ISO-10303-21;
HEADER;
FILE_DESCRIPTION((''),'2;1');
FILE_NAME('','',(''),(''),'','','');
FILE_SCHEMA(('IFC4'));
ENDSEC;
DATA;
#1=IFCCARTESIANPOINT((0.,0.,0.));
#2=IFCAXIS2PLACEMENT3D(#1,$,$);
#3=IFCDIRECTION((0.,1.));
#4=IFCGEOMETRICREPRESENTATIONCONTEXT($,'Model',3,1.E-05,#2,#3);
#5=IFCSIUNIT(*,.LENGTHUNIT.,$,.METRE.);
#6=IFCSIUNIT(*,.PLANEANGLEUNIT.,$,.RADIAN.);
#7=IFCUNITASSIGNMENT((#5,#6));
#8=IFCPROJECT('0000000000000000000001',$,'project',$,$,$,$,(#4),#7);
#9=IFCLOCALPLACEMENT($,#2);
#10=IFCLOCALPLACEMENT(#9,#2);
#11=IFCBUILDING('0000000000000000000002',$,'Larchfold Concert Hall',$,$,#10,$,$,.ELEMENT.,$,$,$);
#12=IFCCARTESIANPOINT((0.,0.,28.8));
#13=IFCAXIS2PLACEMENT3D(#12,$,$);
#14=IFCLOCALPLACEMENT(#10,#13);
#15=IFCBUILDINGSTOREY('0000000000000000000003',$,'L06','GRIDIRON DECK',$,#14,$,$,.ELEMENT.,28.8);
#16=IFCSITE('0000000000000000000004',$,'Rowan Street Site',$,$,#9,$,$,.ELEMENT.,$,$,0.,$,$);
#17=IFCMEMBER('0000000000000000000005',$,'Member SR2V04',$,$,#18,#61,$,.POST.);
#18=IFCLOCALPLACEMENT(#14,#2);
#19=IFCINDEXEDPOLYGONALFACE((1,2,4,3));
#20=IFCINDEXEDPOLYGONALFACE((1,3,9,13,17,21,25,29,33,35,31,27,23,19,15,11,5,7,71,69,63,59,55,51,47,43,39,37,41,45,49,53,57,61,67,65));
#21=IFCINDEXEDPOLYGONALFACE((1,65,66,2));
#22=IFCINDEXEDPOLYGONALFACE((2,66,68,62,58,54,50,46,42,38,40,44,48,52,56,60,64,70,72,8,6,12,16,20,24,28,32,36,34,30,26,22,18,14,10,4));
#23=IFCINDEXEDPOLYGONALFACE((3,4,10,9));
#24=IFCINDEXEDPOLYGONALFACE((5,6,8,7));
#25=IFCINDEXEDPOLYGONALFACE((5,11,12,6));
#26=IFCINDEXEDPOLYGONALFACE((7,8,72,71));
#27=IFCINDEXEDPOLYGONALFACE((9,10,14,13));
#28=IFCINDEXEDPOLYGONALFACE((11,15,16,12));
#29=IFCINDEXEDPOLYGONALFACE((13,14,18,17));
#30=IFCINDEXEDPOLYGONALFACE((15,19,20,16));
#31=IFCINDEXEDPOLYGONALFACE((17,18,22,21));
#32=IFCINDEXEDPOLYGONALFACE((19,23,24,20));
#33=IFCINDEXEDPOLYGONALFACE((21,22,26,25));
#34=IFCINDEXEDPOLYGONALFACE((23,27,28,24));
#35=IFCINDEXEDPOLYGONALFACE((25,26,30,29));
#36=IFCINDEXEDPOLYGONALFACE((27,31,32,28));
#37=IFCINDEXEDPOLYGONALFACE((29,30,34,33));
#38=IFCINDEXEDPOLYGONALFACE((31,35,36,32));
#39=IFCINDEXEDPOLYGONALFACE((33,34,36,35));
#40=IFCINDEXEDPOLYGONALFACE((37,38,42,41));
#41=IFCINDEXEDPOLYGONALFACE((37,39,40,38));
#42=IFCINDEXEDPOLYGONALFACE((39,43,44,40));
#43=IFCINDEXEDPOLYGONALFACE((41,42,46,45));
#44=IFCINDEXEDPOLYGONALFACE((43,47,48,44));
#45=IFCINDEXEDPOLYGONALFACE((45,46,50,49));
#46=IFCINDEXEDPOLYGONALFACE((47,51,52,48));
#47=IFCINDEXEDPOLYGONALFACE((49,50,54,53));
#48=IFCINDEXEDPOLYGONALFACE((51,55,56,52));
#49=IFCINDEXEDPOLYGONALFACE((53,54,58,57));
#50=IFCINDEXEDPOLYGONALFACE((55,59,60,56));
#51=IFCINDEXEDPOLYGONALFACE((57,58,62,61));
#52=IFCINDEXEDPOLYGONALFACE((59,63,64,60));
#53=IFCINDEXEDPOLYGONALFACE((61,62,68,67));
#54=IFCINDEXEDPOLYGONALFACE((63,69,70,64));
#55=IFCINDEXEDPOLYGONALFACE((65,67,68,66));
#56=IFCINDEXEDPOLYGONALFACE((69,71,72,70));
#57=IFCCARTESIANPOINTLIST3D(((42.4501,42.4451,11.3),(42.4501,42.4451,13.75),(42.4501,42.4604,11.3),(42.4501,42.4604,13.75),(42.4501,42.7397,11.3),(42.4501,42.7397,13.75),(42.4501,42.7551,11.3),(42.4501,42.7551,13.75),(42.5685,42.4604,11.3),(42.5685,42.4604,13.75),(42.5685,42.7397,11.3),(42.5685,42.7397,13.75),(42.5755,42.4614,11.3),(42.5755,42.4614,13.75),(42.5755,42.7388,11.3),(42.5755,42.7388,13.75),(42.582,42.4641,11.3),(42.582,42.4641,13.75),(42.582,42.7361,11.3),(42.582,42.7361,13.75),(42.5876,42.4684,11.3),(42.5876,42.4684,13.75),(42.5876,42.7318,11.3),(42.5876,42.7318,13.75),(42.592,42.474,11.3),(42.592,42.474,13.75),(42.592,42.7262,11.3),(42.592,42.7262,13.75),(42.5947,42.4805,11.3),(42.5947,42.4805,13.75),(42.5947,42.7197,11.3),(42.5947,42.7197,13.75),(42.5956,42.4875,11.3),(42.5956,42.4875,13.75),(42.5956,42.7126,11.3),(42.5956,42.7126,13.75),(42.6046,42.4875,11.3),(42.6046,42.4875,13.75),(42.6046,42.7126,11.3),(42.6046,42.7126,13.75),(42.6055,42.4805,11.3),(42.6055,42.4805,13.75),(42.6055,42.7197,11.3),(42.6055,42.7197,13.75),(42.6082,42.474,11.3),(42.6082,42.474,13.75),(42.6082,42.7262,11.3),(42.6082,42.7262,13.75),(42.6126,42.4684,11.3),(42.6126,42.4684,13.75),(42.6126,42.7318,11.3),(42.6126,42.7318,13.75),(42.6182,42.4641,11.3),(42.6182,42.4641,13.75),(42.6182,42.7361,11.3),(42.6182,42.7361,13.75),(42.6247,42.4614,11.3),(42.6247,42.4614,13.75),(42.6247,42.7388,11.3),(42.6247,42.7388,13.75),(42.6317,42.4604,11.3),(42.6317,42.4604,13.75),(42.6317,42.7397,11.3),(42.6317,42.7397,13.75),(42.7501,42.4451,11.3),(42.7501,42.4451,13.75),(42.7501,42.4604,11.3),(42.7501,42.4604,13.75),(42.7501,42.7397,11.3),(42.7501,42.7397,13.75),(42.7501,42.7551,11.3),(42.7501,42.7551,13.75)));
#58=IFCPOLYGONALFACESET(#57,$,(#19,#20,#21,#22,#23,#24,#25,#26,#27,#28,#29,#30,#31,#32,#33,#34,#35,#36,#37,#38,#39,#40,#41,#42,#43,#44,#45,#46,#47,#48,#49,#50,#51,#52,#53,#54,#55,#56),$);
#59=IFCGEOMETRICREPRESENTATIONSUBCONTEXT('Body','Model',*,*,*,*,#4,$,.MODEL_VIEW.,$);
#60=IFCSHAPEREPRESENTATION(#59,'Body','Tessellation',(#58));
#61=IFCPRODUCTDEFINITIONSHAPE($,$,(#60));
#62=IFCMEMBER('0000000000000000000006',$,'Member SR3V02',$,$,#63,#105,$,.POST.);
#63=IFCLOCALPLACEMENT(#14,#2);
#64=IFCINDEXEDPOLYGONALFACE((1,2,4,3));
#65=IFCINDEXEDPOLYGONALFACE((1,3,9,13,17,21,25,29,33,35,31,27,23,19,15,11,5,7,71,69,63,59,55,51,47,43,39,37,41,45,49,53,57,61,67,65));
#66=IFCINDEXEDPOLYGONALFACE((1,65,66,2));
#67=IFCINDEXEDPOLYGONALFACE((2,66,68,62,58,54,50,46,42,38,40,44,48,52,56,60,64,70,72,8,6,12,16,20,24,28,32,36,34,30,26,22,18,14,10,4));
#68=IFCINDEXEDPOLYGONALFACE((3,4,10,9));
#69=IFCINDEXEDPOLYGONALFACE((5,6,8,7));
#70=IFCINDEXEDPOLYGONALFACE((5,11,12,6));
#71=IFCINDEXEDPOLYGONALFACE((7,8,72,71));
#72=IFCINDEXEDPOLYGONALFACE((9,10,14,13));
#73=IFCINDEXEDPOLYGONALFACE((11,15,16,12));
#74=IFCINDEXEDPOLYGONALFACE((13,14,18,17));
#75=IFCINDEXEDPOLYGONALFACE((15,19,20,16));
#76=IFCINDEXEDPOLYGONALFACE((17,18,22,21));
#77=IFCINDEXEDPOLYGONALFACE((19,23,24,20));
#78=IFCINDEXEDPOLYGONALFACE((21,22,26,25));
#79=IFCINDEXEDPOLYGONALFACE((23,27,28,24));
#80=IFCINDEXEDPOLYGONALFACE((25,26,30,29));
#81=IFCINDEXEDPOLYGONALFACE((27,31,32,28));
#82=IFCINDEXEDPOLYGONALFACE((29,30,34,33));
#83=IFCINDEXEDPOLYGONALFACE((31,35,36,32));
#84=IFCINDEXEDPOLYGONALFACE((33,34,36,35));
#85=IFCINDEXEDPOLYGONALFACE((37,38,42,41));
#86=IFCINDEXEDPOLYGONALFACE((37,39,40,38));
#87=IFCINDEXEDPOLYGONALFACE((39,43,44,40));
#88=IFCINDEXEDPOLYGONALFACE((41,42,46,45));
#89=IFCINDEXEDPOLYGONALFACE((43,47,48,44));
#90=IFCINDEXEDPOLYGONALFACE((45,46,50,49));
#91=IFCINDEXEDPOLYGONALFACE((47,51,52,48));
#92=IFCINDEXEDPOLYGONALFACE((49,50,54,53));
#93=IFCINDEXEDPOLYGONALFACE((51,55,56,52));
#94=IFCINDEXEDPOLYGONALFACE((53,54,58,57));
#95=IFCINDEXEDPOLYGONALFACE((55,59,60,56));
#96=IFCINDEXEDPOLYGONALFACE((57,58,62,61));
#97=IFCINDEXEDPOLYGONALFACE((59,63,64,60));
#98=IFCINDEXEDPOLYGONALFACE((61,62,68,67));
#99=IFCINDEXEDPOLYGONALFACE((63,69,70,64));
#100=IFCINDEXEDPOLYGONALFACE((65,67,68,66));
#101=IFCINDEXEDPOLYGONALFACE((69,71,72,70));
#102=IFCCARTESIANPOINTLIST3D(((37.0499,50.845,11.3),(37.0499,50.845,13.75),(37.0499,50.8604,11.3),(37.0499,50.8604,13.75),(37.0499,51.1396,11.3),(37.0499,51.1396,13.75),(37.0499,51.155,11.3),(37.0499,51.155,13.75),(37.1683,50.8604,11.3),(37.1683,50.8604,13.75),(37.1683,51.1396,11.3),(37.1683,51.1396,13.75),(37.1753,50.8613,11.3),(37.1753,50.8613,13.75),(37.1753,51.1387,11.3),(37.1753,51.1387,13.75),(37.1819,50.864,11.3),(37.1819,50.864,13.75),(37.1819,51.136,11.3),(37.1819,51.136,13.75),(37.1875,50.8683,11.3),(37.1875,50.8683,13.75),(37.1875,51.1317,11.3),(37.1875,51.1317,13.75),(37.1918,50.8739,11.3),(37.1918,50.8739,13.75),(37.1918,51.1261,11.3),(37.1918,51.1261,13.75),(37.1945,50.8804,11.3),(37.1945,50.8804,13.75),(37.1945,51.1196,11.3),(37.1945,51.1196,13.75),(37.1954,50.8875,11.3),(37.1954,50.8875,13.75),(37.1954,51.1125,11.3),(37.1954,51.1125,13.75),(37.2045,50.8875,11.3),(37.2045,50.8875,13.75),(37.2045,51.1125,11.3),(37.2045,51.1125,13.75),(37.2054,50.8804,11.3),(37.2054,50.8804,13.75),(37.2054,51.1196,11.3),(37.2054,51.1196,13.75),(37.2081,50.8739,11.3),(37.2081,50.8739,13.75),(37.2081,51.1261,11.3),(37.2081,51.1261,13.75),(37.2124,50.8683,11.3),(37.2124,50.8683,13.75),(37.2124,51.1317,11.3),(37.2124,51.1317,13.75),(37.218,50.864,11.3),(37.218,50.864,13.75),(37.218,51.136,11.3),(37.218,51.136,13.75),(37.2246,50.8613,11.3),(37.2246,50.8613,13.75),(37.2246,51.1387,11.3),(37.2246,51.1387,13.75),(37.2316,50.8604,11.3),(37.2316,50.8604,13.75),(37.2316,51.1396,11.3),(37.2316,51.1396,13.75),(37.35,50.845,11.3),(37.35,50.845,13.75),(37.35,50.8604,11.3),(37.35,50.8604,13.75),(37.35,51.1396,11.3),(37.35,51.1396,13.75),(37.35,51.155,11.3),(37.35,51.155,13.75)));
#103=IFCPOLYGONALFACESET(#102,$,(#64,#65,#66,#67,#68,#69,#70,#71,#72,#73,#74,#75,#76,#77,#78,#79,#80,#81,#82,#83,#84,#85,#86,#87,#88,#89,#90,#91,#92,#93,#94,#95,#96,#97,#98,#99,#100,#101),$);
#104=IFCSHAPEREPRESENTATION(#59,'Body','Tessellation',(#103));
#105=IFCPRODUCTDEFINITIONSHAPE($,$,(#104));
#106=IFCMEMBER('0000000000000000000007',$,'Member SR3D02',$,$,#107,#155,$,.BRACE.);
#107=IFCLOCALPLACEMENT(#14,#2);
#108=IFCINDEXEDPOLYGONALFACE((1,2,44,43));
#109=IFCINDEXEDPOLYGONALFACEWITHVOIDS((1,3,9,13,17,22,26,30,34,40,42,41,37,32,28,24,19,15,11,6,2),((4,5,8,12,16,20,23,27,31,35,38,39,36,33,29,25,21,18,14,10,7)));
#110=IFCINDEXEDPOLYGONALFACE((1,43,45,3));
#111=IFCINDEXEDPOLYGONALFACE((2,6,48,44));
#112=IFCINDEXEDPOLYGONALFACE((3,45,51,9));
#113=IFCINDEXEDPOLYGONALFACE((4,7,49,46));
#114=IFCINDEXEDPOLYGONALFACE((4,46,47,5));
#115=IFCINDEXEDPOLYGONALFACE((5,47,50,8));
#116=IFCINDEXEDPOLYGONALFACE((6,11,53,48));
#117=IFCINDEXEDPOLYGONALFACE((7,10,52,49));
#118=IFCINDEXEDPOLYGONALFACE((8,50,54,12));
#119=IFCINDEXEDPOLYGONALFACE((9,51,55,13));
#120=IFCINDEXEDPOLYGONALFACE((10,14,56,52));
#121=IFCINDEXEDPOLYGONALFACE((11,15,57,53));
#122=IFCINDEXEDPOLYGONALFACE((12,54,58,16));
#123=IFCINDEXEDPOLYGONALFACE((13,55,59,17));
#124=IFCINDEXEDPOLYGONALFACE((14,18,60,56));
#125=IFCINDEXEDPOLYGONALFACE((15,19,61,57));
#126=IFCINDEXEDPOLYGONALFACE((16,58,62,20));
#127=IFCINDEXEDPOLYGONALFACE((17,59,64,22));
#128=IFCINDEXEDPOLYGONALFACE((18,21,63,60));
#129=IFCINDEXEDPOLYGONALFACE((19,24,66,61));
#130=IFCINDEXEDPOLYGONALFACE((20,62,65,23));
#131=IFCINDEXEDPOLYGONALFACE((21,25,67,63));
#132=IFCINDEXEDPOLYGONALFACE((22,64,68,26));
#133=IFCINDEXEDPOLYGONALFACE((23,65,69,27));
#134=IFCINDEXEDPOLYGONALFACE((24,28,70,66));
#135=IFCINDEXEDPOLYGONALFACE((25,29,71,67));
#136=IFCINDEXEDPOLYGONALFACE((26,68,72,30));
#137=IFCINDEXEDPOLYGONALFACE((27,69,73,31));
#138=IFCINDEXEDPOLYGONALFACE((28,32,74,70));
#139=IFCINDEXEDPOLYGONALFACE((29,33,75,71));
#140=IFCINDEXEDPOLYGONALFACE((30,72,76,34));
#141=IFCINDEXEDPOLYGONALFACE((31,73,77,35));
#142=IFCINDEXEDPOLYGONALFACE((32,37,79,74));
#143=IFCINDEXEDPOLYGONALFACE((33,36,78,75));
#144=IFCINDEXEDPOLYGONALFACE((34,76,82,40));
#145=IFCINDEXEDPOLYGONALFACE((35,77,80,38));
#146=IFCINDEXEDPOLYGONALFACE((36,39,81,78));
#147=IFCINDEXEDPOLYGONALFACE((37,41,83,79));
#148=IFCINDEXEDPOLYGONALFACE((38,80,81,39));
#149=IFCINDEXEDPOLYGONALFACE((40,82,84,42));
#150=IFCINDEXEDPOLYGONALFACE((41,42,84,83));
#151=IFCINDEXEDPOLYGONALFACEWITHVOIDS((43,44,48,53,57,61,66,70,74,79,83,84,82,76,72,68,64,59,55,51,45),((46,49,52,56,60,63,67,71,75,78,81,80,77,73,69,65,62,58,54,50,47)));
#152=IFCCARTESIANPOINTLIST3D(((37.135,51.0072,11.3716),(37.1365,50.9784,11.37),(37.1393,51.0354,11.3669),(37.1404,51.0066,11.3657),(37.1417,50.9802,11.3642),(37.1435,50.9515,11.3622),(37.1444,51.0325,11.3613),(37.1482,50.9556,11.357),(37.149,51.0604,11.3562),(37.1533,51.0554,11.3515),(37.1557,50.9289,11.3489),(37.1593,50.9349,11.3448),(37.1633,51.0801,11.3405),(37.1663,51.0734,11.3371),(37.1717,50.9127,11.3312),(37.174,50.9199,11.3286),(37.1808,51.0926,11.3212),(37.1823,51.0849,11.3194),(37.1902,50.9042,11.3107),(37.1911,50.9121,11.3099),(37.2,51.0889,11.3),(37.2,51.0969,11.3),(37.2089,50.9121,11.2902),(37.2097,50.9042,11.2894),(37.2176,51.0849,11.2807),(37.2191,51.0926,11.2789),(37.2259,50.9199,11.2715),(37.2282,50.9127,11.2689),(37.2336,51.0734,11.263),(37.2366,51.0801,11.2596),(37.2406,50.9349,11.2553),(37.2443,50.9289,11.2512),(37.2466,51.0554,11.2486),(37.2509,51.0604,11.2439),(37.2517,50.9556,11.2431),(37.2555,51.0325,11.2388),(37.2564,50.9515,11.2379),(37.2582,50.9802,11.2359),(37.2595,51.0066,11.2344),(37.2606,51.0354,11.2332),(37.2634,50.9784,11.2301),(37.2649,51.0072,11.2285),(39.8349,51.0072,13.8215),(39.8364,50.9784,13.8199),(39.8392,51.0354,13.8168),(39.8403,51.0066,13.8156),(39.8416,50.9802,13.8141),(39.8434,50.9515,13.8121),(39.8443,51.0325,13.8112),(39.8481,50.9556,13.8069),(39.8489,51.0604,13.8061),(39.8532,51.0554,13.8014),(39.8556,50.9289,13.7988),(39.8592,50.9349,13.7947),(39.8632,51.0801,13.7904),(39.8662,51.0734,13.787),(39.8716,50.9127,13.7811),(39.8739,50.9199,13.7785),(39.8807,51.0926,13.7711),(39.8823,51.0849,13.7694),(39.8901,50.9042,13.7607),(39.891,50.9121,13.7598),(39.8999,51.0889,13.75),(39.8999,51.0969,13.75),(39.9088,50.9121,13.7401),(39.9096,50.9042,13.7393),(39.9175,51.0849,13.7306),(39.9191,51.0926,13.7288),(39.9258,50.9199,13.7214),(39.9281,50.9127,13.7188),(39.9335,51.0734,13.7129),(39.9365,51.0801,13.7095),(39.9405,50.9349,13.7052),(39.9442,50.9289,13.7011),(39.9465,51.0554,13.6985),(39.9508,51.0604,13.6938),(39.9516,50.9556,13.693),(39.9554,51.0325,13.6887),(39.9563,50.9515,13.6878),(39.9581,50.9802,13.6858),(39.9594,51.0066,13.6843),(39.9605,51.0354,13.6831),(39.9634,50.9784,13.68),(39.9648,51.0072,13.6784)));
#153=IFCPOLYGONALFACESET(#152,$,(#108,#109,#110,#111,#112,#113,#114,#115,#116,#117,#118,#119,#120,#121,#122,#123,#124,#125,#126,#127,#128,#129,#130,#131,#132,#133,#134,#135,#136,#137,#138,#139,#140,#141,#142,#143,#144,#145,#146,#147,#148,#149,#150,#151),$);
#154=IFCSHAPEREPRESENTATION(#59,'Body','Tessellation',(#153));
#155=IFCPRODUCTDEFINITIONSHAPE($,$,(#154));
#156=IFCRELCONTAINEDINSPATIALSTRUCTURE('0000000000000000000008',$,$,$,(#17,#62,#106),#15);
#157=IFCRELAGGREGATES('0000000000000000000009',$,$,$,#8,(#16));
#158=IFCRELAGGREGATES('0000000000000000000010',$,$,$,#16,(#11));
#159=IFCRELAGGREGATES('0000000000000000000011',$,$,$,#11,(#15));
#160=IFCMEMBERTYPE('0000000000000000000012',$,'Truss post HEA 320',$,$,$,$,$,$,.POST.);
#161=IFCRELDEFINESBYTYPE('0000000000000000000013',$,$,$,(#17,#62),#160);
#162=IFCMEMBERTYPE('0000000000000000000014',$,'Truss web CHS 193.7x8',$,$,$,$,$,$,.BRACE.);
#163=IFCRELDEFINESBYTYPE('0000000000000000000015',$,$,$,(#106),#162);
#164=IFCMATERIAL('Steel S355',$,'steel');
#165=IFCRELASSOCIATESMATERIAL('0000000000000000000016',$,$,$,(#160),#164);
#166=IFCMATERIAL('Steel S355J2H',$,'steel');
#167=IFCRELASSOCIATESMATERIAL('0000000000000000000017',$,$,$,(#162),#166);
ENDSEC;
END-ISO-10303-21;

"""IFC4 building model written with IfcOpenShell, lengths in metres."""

from ifc_helpers import new_model, si_unit, direction, frame, origin, origin_2d, place, context, subcontext, project, spatial, hollow_circle, i_section, extrude, material, material_profile, profile_set, type_object, element, save


model = new_model("IFC4")

# Units and contexts
model_context = context("Model", 3, precision=1e-05, world=origin(), true_north=direction((0.0, 1.0)))
body_context = subcontext(model_context, "Body", "Model", "MODEL_VIEW")
ifc_project = project(units=[si_unit("LENGTHUNIT", "METRE"), si_unit("PLANEANGLEUNIT", "RADIAN")], contexts=[model_context])

# Site, building, storey
site_placement = place(None, origin())
site = spatial("IfcSite", under=ifc_project, at=site_placement, Name="Rowan Street Site", CompositionType="ELEMENT", RefElevation=0.0)
building_placement = place(site_placement, origin())
building = spatial("IfcBuilding", under=site, at=building_placement, Name="Larchfold Concert Hall", CompositionType="ELEMENT")
storey_placement = place(building_placement, frame((0.0, 0.0, 28.8)))
storey = spatial("IfcBuildingStorey", under=building, at=storey_placement, Name="L06", Description="GRIDIRON DECK", CompositionType="ELEMENT", Elevation=28.8)

# Members
ifc_material_1 = material(Name="Steel S355", Category="steel")
ifc_material_profile_1 = material_profile(ifc_material_1, i_section(OverallWidth=0.3, OverallDepth=0.3101, WebThickness=0.009, FlangeThickness=0.0154, FilletRadius=0.0271, at=origin_2d()))
ifc_profile_set_1 = profile_set([ifc_material_profile_1], Name="Steel S355")
member_type_1 = type_object("IfcMemberType", Name="Truss post HEA 320", PredefinedType="POST", material=ifc_profile_set_1)
for number, where, z_axis, x_axis, name in (
    (1, (42.6001, 42.6001, 11.3), (0.0, 0.0, 1.0), (1.0, 0.0, 0.0), "Member SR2V04"),
    (2, (37.2, 51.0, 11.3), (0.0, 0.0, 1.0), (1.0, 0.0, 0.0), "Member SR3V02"),
):
    element("IfcMember", number, at=place(storey_placement, frame(where, z_axis=z_axis, x_axis=x_axis)), inside=storey, type_object=member_type_1, Name=name, PredefinedType="POST", context=body_context, shape_type="SweptSolid", body=[
        extrude(i_section(OverallWidth=0.3, OverallDepth=0.3101, WebThickness=0.009, FlangeThickness=0.0154, FilletRadius=0.0271, at=origin_2d()), origin(), (0.0, 0.0, 1.0), 2.45),
    ])
ifc_material_2 = material(Name="Steel S355J2H", Category="steel")
ifc_material_profile_2 = material_profile(ifc_material_2, hollow_circle(Radius=0.0969, WallThickness=0.0081, at=origin_2d()))
ifc_profile_set_2 = profile_set([ifc_material_profile_2], Name="Steel S355J2H")
member_type_2 = type_object("IfcMemberType", Name="Truss web CHS 193.7x8", PredefinedType="BRACE", material=ifc_profile_set_2)
member_1_placement = place(storey_placement, frame((37.2, 51.0, 11.3), z_axis=(0.740561, 0.0, 0.671989), x_axis=(0.0, 1.0, 0.0)))
element("IfcMember", 3, at=member_1_placement, inside=storey, type_object=member_type_2, Name="Member SR3D02", PredefinedType="BRACE", context=body_context, shape_type="SweptSolid", body=[
    extrude(hollow_circle(Radius=0.0969, WallThickness=0.0081, at=origin_2d()), origin(), (0.0, 0.0, 1.0), 3.6458),
])

save(model, "model.ifc")
